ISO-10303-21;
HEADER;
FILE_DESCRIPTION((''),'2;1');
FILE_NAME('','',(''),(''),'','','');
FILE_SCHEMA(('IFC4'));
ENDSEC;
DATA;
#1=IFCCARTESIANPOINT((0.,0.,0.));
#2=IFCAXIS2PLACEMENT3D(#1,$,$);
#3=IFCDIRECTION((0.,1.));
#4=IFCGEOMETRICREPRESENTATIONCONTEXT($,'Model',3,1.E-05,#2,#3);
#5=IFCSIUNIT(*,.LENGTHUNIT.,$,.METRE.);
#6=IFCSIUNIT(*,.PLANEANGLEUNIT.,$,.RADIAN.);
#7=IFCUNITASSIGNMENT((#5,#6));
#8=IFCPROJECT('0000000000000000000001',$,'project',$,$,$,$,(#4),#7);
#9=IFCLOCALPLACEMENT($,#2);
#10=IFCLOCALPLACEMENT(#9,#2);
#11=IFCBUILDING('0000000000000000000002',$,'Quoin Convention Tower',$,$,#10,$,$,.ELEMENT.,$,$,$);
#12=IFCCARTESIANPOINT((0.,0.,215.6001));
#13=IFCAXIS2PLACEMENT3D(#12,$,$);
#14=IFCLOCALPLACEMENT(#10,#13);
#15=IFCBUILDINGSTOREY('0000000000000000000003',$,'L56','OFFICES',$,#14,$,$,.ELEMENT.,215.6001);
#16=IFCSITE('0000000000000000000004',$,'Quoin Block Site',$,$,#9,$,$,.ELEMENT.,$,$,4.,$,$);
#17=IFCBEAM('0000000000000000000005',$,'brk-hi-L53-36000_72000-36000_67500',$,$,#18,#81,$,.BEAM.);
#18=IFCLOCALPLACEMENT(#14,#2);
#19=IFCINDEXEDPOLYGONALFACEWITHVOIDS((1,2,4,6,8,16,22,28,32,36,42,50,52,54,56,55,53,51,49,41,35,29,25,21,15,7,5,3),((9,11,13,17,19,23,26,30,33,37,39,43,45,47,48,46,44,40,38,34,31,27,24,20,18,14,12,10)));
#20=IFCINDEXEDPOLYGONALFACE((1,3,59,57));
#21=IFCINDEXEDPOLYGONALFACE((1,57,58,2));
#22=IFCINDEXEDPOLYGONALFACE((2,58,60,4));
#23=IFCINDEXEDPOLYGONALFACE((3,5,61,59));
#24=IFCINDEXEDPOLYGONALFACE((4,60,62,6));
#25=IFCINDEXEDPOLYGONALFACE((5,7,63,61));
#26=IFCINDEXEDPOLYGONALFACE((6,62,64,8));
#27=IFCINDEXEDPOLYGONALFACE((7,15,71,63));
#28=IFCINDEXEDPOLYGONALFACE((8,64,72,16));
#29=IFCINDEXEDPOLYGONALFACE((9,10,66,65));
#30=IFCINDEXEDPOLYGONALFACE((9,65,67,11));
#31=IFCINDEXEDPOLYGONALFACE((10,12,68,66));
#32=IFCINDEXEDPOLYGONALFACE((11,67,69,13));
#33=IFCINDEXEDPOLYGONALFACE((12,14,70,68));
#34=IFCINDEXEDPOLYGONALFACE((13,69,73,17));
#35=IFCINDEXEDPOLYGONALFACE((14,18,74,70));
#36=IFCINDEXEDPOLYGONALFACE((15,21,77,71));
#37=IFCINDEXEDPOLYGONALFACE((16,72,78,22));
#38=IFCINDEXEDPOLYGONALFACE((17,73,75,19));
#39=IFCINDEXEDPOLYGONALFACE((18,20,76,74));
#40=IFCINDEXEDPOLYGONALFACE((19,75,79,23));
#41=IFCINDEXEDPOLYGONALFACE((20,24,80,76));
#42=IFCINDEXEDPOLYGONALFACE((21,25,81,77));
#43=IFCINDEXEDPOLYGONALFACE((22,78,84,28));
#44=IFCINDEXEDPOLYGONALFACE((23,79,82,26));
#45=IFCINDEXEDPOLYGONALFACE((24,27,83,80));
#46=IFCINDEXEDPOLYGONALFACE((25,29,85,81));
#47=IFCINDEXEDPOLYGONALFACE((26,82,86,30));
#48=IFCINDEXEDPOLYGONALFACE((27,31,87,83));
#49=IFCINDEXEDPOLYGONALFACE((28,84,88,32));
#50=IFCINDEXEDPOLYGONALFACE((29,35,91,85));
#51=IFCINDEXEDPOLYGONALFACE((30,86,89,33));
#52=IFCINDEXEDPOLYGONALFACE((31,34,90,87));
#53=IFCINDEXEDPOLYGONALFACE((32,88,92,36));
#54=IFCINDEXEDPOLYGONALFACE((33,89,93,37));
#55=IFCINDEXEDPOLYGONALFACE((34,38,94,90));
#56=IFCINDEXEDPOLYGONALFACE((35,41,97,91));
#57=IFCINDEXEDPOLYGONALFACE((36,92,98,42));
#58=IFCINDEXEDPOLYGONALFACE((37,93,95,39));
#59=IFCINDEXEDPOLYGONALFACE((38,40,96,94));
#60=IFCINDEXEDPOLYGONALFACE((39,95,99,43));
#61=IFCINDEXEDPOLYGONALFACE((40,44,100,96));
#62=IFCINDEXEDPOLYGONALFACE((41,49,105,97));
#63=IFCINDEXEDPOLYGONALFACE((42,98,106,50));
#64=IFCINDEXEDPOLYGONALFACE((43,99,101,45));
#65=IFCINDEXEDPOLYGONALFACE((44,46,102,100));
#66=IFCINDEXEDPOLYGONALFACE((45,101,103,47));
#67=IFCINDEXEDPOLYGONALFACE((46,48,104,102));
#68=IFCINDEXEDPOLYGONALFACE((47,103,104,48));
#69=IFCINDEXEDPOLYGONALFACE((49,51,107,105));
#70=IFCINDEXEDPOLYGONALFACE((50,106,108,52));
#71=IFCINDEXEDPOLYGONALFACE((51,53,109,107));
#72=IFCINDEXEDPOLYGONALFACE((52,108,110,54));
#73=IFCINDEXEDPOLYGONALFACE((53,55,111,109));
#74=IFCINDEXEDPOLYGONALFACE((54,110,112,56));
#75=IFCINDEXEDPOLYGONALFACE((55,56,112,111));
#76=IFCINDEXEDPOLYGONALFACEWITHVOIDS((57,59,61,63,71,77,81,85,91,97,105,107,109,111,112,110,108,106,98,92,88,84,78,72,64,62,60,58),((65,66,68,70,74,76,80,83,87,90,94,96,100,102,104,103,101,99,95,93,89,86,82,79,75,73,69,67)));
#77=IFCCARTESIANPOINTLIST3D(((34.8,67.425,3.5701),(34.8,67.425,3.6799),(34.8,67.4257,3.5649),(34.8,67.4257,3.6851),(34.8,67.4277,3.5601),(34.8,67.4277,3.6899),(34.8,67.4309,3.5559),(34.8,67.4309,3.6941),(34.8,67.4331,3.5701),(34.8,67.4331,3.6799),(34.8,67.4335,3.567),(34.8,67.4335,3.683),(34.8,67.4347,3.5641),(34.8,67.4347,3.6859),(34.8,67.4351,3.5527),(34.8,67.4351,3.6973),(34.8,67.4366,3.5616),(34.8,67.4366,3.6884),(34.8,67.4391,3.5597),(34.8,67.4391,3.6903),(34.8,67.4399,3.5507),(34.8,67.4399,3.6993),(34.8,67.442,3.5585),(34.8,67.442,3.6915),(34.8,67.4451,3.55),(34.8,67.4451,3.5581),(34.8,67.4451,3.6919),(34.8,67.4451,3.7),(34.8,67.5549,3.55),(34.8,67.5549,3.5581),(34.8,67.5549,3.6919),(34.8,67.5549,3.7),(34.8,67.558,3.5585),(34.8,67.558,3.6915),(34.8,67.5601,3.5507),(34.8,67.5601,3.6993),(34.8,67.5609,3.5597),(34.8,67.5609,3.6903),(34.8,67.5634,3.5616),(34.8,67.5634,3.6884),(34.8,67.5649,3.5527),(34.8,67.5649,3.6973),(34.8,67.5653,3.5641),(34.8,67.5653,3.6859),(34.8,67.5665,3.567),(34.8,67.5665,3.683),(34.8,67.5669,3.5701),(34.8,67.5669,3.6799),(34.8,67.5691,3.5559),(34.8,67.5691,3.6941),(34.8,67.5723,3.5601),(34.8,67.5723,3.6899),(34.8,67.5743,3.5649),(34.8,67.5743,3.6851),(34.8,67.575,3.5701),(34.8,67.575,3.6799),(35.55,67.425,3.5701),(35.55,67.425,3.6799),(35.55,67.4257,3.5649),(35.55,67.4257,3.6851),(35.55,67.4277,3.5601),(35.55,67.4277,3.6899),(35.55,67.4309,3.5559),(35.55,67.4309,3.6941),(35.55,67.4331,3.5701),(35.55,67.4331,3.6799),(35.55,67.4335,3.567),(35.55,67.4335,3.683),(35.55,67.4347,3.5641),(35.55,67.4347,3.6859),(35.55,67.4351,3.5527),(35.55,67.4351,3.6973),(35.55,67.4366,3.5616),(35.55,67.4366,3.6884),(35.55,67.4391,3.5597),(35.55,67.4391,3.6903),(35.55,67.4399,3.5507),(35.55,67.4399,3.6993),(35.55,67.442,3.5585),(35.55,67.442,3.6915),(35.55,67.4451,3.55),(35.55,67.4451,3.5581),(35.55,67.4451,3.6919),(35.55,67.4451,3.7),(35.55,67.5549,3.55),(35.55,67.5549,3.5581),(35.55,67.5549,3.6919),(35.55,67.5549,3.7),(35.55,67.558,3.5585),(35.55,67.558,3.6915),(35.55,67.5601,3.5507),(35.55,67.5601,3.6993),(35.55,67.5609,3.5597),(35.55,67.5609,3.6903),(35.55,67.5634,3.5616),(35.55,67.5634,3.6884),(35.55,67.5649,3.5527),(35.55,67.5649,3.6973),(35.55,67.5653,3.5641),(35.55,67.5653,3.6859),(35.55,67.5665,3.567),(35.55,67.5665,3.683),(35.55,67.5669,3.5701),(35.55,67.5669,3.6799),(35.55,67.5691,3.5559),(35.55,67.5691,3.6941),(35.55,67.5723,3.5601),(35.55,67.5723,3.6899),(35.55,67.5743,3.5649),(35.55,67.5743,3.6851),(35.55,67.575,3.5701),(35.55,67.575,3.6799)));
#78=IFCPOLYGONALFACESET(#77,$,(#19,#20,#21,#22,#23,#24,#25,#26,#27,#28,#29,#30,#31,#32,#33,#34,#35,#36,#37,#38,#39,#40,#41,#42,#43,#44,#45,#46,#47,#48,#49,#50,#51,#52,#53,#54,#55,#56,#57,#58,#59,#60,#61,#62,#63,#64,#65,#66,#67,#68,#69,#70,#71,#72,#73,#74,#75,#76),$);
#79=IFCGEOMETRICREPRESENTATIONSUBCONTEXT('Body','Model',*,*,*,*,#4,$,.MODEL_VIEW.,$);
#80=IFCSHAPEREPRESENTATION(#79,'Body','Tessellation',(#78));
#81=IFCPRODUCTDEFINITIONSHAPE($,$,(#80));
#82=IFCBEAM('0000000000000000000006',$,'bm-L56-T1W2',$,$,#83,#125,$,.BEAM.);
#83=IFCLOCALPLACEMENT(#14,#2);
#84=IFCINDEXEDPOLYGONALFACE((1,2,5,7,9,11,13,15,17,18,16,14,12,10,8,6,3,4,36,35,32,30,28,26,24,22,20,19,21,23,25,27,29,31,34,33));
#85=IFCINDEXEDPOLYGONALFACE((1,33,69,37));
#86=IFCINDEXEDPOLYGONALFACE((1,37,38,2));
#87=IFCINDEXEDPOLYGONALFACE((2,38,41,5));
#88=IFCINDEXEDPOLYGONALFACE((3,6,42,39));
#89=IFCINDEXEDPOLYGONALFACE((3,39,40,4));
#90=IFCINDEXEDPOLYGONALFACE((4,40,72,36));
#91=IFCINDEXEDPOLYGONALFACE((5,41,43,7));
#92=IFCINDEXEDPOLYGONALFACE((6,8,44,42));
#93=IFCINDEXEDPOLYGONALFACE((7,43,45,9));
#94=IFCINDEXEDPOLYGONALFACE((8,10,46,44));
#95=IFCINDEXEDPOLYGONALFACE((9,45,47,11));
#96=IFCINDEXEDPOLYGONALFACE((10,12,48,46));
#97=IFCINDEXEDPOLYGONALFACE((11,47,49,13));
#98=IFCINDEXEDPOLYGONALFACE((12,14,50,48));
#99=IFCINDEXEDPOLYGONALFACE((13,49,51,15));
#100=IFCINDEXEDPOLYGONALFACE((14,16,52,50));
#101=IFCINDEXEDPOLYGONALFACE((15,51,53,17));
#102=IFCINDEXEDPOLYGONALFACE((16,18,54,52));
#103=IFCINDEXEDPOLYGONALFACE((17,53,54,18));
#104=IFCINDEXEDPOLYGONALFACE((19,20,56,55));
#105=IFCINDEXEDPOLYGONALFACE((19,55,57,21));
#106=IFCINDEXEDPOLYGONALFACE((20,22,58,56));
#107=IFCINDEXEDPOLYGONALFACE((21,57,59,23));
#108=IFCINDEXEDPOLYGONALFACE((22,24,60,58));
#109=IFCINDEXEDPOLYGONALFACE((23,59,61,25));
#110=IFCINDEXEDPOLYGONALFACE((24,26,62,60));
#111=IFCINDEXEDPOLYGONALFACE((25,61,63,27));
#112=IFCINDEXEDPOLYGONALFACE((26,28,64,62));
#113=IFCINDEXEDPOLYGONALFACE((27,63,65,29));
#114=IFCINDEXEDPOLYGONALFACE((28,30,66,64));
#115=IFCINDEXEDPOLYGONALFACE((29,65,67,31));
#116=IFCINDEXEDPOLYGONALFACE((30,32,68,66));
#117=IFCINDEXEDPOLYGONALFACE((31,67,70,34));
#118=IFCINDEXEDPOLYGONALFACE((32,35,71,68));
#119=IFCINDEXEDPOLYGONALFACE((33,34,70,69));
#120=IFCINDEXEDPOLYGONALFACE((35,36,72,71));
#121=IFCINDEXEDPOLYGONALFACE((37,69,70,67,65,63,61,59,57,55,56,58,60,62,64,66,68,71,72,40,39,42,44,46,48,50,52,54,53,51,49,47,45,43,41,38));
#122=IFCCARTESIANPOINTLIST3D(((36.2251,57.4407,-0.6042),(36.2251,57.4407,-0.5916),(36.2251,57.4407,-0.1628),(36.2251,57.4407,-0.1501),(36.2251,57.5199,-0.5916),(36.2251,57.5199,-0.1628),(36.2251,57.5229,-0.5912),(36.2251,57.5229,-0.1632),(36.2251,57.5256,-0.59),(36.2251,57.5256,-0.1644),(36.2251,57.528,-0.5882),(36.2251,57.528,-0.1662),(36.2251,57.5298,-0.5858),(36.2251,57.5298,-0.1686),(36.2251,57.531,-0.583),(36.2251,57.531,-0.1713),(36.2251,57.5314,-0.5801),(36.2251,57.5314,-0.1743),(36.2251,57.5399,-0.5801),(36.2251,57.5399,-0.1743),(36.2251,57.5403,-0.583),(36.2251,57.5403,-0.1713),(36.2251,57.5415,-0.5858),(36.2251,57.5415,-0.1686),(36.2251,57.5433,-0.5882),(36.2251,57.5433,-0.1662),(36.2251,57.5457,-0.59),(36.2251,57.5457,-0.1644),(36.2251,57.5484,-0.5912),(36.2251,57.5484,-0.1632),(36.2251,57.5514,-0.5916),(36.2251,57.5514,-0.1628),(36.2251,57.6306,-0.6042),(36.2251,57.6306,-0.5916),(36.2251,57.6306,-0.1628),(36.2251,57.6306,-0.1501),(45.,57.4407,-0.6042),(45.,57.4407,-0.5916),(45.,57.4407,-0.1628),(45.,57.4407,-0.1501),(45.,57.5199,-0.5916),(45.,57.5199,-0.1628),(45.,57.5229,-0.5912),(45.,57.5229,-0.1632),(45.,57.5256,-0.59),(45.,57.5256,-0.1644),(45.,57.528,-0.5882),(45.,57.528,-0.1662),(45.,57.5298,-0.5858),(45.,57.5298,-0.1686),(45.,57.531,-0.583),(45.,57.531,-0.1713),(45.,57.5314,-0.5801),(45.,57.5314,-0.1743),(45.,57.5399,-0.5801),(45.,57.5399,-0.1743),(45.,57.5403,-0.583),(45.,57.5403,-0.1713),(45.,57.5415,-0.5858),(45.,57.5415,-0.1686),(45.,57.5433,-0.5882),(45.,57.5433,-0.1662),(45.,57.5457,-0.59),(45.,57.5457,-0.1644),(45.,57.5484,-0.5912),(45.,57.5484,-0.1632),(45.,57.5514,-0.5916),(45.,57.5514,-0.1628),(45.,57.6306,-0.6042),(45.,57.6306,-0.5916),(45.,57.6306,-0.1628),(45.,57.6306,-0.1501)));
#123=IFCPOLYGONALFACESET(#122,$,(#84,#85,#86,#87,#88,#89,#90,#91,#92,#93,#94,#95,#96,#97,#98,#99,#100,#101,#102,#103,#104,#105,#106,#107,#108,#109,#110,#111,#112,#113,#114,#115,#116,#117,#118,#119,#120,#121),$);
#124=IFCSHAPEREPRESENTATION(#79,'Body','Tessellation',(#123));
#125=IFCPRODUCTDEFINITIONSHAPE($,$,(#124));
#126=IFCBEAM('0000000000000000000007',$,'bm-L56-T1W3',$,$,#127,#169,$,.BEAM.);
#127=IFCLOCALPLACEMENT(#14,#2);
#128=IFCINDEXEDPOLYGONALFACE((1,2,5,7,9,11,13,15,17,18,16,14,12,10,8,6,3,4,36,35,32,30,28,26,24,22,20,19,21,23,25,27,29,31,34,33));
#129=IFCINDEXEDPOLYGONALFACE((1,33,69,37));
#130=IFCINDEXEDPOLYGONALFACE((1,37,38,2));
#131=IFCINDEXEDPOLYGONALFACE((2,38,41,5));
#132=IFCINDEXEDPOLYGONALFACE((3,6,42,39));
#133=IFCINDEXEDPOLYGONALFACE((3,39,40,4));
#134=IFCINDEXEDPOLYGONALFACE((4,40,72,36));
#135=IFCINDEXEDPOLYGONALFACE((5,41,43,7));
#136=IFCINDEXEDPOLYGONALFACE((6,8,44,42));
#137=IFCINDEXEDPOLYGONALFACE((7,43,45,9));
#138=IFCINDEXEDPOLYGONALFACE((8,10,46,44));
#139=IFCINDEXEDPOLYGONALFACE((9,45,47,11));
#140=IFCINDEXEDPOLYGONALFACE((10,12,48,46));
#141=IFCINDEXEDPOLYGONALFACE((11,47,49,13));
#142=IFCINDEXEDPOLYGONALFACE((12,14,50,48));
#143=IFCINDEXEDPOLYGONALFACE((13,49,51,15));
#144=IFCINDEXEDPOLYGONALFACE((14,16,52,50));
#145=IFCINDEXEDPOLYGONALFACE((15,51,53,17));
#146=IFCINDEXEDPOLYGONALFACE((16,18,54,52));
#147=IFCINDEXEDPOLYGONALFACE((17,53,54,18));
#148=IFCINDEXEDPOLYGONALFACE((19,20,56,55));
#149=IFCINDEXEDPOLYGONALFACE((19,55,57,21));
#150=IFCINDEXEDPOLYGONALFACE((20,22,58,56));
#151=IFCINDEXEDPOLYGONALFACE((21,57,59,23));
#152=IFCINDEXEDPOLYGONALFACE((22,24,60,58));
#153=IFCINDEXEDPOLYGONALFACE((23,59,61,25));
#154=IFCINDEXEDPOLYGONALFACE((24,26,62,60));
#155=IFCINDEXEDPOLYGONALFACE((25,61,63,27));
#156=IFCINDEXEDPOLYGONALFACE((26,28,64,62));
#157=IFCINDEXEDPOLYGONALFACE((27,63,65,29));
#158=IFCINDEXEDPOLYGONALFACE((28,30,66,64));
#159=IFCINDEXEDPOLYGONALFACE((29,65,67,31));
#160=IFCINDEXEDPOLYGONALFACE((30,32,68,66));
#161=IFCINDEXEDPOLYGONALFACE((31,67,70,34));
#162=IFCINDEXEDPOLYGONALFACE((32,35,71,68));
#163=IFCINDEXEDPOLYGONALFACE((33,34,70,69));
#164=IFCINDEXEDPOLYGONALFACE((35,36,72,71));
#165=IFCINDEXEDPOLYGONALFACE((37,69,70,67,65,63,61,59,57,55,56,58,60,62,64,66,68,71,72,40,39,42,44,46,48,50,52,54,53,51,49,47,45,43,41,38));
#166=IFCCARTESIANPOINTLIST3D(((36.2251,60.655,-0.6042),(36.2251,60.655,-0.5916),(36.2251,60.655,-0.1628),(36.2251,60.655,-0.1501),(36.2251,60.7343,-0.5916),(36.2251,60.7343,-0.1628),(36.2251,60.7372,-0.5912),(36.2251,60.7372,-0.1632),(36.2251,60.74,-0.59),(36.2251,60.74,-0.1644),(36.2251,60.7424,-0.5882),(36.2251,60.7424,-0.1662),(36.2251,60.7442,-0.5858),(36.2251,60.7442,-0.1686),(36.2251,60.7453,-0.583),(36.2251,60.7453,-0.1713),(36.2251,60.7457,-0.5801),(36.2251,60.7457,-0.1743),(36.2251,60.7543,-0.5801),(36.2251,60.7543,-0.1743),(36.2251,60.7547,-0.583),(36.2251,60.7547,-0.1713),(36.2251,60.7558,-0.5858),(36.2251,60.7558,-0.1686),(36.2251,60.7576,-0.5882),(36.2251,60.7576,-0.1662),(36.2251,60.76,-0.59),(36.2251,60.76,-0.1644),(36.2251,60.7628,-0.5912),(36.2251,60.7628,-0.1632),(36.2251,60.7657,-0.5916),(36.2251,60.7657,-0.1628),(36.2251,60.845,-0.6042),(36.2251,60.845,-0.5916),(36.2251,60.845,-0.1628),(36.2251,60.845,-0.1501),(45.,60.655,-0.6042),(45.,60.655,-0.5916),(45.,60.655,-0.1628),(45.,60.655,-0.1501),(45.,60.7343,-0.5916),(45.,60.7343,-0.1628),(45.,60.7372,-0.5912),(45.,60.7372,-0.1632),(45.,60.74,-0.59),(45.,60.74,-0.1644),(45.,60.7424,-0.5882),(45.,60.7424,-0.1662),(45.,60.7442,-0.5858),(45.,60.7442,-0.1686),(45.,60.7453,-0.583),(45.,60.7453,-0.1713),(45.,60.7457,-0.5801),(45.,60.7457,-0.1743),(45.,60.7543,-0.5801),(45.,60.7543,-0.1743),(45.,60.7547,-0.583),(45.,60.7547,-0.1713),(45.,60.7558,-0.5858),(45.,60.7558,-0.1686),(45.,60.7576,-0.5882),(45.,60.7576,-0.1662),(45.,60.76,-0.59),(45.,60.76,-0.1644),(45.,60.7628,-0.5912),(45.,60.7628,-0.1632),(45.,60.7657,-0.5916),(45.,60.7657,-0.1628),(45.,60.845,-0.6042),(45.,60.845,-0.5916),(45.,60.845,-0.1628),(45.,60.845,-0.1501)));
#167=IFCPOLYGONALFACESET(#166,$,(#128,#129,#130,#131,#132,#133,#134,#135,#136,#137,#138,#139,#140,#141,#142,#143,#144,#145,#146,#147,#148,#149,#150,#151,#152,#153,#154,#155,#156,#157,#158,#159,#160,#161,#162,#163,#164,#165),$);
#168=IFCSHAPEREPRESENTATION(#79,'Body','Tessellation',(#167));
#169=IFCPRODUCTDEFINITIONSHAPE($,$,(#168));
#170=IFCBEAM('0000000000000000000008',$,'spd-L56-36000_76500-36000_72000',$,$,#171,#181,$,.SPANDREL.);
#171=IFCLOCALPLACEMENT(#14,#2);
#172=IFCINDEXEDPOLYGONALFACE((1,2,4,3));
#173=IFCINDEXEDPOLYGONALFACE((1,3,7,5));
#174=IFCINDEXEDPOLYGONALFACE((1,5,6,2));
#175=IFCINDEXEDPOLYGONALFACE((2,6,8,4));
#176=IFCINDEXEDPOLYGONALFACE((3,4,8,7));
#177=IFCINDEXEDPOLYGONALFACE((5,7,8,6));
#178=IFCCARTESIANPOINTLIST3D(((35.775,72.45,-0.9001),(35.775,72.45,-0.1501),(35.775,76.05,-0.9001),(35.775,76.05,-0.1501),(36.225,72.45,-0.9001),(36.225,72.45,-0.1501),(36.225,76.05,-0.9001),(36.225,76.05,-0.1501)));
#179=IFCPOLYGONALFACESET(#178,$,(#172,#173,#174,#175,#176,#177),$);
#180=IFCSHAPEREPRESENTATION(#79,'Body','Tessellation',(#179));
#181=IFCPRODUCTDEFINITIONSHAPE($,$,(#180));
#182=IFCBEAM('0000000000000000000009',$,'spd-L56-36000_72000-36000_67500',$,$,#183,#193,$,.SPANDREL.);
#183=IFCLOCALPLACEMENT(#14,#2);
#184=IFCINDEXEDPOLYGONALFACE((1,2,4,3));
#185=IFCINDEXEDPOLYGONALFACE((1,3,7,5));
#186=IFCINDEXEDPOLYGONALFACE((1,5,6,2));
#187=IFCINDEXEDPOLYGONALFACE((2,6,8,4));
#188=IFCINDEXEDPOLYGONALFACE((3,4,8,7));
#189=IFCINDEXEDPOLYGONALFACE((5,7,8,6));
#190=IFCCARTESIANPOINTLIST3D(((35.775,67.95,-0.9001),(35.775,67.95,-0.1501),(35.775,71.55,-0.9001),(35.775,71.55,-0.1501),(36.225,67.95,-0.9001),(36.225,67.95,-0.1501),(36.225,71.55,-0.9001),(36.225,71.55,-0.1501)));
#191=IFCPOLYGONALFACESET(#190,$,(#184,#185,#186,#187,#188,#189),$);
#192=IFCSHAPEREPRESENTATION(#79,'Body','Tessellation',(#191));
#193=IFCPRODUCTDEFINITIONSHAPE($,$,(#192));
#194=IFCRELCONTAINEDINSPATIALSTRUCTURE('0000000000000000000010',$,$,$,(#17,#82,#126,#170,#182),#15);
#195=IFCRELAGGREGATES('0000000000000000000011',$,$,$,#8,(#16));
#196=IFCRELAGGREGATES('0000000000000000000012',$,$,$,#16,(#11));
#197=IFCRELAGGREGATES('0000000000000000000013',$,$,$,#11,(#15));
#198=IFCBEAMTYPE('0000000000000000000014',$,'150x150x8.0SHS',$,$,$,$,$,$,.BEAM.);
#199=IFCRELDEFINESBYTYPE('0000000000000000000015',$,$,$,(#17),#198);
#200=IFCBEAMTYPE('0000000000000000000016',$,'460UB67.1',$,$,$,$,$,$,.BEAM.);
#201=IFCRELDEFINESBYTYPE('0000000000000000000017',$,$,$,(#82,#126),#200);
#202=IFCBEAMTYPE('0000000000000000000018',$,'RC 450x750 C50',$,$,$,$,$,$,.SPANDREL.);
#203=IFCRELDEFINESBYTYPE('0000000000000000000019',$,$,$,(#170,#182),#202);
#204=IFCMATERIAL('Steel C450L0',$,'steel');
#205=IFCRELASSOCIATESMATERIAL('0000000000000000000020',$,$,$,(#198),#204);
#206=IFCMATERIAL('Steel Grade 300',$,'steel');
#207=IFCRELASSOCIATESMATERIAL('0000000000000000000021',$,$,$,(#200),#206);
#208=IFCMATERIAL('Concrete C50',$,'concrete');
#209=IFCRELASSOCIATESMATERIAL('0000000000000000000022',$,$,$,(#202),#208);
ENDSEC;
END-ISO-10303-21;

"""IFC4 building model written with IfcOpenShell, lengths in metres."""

from ifc_helpers import new_model, si_unit, direction, frame, origin, origin_2d, place, context, subcontext, project, spatial, rectangle, hollow_rectangle, i_section, extrude, material, material_profile, profile_set, type_object, element, save


model = new_model("IFC4")

# Units and contexts
model_context = context("Model", 3, precision=1e-05, world=origin(), true_north=direction((0.0, 1.0)))
body_context = subcontext(model_context, "Body", "Model", "MODEL_VIEW")
ifc_project = project(units=[si_unit("LENGTHUNIT", "METRE"), si_unit("PLANEANGLEUNIT", "RADIAN")], contexts=[model_context])

# Site, building, storey
site_placement = place(None, origin())
site = spatial("IfcSite", under=ifc_project, at=site_placement, Name="Quoin Block Site", CompositionType="ELEMENT", RefElevation=4.0)
building_placement = place(site_placement, origin())
building = spatial("IfcBuilding", under=site, at=building_placement, Name="Quoin Convention Tower", CompositionType="ELEMENT")
storey_placement = place(building_placement, frame((0.0, 0.0, 215.6001)))
storey = spatial("IfcBuildingStorey", under=building, at=storey_placement, Name="L56", Description="OFFICES", CompositionType="ELEMENT", Elevation=215.6001)

# Shared definitions
ifc_material_1 = material(Name="Concrete C50", Category="concrete")

# Beams
ifc_material_2 = material(Name="Steel C450L0", Category="steel")
ifc_material_profile_1 = material_profile(ifc_material_2, hollow_rectangle(XDim=0.1499, YDim=0.1499, WallThickness=0.0081, InnerFilletRadius=0.012, OuterFilletRadius=0.02, at=origin_2d()), Name="150x150x8.0SHS")
ifc_profile_set_1 = profile_set([ifc_material_profile_1], Name="Steel C450L0")
beam_type_1 = type_object("IfcBeamType", Name="150x150x8.0SHS", PredefinedType="BEAM", material=ifc_profile_set_1)
for number, where, z_axis, x_axis, name in (
    (1, (35.55, 67.5, 3.625), (-1.0, 0.0, 0.0), (0.0, -1.0, 0.0), "brk-hi-L53-36000_72000-36000_67500"),
):
    element("IfcBeam", number, at=place(storey_placement, frame(where, z_axis=z_axis, x_axis=x_axis)), inside=storey, type_object=beam_type_1, Name=name, PredefinedType="BEAM", context=body_context, shape_type="SweptSolid", body=[
        extrude(hollow_rectangle(XDim=0.1499, YDim=0.1499, WallThickness=0.0081, InnerFilletRadius=0.012, OuterFilletRadius=0.02, at=origin_2d()), origin(), (0.0, 0.0, 1.0), 0.75),
    ])
ifc_material_3 = material(Name="Steel Grade 300", Category="steel")
ifc_material_profile_2 = material_profile(ifc_material_3, i_section(OverallWidth=0.1899, OverallDepth=0.4541, WebThickness=0.0085, FlangeThickness=0.0127, FilletRadius=0.0115, at=origin_2d()), Name="460UB67.1")
ifc_profile_set_2 = profile_set([ifc_material_profile_2], Name="Steel Grade 300")
beam_type_2 = type_object("IfcBeamType", Name="460UB67.1", PredefinedType="BEAM", material=ifc_profile_set_2)
for number, where, z_axis, x_axis, name in (
    (2, (36.2251, 57.5356, -0.3772), (1.0, 0.0, 0.0), (0.0, 1.0, 0.0), "bm-L56-T1W2"),
    (3, (36.2251, 60.75, -0.3772), (1.0, 0.0, 0.0), (0.0, 1.0, 0.0), "bm-L56-T1W3"),
):
    element("IfcBeam", number, at=place(storey_placement, frame(where, z_axis=z_axis, x_axis=x_axis)), inside=storey, type_object=beam_type_2, Name=name, PredefinedType="BEAM", context=body_context, shape_type="SweptSolid", body=[
        extrude(i_section(OverallWidth=0.1899, OverallDepth=0.4541, WebThickness=0.0085, FlangeThickness=0.0127, FilletRadius=0.0115, at=origin_2d()), origin(), (0.0, 0.0, 1.0), 8.7749),
    ])
ifc_material_profile_3 = material_profile(ifc_material_1, rectangle(XDim=0.45, YDim=0.75, at=origin_2d()), Name="RC 450x750")
ifc_profile_set_3 = profile_set([ifc_material_profile_3], Name="Concrete C50")
beam_type_3 = type_object("IfcBeamType", Name="RC 450x750 C50", PredefinedType="SPANDREL", material=ifc_profile_set_3)
for number, where, z_axis, x_axis, name in (
    (4, (36.0, 76.05, -0.5251), (0.0, -1.0, 0.0), (1.0, 0.0, 0.0), "spd-L56-36000_76500-36000_72000"),
    (5, (36.0, 71.55, -0.5251), (0.0, -1.0, 0.0), (1.0, 0.0, 0.0), "spd-L56-36000_72000-36000_67500"),
):
    element("IfcBeam", number, at=place(storey_placement, frame(where, z_axis=z_axis, x_axis=x_axis)), inside=storey, type_object=beam_type_3, Name=name, PredefinedType="SPANDREL", context=body_context, shape_type="SweptSolid", body=[
        extrude(rectangle(XDim=0.45, YDim=0.75, at=origin_2d()), origin(), (0.0, 0.0, 1.0), 3.6001),
    ])

save(model, "model.ifc")
